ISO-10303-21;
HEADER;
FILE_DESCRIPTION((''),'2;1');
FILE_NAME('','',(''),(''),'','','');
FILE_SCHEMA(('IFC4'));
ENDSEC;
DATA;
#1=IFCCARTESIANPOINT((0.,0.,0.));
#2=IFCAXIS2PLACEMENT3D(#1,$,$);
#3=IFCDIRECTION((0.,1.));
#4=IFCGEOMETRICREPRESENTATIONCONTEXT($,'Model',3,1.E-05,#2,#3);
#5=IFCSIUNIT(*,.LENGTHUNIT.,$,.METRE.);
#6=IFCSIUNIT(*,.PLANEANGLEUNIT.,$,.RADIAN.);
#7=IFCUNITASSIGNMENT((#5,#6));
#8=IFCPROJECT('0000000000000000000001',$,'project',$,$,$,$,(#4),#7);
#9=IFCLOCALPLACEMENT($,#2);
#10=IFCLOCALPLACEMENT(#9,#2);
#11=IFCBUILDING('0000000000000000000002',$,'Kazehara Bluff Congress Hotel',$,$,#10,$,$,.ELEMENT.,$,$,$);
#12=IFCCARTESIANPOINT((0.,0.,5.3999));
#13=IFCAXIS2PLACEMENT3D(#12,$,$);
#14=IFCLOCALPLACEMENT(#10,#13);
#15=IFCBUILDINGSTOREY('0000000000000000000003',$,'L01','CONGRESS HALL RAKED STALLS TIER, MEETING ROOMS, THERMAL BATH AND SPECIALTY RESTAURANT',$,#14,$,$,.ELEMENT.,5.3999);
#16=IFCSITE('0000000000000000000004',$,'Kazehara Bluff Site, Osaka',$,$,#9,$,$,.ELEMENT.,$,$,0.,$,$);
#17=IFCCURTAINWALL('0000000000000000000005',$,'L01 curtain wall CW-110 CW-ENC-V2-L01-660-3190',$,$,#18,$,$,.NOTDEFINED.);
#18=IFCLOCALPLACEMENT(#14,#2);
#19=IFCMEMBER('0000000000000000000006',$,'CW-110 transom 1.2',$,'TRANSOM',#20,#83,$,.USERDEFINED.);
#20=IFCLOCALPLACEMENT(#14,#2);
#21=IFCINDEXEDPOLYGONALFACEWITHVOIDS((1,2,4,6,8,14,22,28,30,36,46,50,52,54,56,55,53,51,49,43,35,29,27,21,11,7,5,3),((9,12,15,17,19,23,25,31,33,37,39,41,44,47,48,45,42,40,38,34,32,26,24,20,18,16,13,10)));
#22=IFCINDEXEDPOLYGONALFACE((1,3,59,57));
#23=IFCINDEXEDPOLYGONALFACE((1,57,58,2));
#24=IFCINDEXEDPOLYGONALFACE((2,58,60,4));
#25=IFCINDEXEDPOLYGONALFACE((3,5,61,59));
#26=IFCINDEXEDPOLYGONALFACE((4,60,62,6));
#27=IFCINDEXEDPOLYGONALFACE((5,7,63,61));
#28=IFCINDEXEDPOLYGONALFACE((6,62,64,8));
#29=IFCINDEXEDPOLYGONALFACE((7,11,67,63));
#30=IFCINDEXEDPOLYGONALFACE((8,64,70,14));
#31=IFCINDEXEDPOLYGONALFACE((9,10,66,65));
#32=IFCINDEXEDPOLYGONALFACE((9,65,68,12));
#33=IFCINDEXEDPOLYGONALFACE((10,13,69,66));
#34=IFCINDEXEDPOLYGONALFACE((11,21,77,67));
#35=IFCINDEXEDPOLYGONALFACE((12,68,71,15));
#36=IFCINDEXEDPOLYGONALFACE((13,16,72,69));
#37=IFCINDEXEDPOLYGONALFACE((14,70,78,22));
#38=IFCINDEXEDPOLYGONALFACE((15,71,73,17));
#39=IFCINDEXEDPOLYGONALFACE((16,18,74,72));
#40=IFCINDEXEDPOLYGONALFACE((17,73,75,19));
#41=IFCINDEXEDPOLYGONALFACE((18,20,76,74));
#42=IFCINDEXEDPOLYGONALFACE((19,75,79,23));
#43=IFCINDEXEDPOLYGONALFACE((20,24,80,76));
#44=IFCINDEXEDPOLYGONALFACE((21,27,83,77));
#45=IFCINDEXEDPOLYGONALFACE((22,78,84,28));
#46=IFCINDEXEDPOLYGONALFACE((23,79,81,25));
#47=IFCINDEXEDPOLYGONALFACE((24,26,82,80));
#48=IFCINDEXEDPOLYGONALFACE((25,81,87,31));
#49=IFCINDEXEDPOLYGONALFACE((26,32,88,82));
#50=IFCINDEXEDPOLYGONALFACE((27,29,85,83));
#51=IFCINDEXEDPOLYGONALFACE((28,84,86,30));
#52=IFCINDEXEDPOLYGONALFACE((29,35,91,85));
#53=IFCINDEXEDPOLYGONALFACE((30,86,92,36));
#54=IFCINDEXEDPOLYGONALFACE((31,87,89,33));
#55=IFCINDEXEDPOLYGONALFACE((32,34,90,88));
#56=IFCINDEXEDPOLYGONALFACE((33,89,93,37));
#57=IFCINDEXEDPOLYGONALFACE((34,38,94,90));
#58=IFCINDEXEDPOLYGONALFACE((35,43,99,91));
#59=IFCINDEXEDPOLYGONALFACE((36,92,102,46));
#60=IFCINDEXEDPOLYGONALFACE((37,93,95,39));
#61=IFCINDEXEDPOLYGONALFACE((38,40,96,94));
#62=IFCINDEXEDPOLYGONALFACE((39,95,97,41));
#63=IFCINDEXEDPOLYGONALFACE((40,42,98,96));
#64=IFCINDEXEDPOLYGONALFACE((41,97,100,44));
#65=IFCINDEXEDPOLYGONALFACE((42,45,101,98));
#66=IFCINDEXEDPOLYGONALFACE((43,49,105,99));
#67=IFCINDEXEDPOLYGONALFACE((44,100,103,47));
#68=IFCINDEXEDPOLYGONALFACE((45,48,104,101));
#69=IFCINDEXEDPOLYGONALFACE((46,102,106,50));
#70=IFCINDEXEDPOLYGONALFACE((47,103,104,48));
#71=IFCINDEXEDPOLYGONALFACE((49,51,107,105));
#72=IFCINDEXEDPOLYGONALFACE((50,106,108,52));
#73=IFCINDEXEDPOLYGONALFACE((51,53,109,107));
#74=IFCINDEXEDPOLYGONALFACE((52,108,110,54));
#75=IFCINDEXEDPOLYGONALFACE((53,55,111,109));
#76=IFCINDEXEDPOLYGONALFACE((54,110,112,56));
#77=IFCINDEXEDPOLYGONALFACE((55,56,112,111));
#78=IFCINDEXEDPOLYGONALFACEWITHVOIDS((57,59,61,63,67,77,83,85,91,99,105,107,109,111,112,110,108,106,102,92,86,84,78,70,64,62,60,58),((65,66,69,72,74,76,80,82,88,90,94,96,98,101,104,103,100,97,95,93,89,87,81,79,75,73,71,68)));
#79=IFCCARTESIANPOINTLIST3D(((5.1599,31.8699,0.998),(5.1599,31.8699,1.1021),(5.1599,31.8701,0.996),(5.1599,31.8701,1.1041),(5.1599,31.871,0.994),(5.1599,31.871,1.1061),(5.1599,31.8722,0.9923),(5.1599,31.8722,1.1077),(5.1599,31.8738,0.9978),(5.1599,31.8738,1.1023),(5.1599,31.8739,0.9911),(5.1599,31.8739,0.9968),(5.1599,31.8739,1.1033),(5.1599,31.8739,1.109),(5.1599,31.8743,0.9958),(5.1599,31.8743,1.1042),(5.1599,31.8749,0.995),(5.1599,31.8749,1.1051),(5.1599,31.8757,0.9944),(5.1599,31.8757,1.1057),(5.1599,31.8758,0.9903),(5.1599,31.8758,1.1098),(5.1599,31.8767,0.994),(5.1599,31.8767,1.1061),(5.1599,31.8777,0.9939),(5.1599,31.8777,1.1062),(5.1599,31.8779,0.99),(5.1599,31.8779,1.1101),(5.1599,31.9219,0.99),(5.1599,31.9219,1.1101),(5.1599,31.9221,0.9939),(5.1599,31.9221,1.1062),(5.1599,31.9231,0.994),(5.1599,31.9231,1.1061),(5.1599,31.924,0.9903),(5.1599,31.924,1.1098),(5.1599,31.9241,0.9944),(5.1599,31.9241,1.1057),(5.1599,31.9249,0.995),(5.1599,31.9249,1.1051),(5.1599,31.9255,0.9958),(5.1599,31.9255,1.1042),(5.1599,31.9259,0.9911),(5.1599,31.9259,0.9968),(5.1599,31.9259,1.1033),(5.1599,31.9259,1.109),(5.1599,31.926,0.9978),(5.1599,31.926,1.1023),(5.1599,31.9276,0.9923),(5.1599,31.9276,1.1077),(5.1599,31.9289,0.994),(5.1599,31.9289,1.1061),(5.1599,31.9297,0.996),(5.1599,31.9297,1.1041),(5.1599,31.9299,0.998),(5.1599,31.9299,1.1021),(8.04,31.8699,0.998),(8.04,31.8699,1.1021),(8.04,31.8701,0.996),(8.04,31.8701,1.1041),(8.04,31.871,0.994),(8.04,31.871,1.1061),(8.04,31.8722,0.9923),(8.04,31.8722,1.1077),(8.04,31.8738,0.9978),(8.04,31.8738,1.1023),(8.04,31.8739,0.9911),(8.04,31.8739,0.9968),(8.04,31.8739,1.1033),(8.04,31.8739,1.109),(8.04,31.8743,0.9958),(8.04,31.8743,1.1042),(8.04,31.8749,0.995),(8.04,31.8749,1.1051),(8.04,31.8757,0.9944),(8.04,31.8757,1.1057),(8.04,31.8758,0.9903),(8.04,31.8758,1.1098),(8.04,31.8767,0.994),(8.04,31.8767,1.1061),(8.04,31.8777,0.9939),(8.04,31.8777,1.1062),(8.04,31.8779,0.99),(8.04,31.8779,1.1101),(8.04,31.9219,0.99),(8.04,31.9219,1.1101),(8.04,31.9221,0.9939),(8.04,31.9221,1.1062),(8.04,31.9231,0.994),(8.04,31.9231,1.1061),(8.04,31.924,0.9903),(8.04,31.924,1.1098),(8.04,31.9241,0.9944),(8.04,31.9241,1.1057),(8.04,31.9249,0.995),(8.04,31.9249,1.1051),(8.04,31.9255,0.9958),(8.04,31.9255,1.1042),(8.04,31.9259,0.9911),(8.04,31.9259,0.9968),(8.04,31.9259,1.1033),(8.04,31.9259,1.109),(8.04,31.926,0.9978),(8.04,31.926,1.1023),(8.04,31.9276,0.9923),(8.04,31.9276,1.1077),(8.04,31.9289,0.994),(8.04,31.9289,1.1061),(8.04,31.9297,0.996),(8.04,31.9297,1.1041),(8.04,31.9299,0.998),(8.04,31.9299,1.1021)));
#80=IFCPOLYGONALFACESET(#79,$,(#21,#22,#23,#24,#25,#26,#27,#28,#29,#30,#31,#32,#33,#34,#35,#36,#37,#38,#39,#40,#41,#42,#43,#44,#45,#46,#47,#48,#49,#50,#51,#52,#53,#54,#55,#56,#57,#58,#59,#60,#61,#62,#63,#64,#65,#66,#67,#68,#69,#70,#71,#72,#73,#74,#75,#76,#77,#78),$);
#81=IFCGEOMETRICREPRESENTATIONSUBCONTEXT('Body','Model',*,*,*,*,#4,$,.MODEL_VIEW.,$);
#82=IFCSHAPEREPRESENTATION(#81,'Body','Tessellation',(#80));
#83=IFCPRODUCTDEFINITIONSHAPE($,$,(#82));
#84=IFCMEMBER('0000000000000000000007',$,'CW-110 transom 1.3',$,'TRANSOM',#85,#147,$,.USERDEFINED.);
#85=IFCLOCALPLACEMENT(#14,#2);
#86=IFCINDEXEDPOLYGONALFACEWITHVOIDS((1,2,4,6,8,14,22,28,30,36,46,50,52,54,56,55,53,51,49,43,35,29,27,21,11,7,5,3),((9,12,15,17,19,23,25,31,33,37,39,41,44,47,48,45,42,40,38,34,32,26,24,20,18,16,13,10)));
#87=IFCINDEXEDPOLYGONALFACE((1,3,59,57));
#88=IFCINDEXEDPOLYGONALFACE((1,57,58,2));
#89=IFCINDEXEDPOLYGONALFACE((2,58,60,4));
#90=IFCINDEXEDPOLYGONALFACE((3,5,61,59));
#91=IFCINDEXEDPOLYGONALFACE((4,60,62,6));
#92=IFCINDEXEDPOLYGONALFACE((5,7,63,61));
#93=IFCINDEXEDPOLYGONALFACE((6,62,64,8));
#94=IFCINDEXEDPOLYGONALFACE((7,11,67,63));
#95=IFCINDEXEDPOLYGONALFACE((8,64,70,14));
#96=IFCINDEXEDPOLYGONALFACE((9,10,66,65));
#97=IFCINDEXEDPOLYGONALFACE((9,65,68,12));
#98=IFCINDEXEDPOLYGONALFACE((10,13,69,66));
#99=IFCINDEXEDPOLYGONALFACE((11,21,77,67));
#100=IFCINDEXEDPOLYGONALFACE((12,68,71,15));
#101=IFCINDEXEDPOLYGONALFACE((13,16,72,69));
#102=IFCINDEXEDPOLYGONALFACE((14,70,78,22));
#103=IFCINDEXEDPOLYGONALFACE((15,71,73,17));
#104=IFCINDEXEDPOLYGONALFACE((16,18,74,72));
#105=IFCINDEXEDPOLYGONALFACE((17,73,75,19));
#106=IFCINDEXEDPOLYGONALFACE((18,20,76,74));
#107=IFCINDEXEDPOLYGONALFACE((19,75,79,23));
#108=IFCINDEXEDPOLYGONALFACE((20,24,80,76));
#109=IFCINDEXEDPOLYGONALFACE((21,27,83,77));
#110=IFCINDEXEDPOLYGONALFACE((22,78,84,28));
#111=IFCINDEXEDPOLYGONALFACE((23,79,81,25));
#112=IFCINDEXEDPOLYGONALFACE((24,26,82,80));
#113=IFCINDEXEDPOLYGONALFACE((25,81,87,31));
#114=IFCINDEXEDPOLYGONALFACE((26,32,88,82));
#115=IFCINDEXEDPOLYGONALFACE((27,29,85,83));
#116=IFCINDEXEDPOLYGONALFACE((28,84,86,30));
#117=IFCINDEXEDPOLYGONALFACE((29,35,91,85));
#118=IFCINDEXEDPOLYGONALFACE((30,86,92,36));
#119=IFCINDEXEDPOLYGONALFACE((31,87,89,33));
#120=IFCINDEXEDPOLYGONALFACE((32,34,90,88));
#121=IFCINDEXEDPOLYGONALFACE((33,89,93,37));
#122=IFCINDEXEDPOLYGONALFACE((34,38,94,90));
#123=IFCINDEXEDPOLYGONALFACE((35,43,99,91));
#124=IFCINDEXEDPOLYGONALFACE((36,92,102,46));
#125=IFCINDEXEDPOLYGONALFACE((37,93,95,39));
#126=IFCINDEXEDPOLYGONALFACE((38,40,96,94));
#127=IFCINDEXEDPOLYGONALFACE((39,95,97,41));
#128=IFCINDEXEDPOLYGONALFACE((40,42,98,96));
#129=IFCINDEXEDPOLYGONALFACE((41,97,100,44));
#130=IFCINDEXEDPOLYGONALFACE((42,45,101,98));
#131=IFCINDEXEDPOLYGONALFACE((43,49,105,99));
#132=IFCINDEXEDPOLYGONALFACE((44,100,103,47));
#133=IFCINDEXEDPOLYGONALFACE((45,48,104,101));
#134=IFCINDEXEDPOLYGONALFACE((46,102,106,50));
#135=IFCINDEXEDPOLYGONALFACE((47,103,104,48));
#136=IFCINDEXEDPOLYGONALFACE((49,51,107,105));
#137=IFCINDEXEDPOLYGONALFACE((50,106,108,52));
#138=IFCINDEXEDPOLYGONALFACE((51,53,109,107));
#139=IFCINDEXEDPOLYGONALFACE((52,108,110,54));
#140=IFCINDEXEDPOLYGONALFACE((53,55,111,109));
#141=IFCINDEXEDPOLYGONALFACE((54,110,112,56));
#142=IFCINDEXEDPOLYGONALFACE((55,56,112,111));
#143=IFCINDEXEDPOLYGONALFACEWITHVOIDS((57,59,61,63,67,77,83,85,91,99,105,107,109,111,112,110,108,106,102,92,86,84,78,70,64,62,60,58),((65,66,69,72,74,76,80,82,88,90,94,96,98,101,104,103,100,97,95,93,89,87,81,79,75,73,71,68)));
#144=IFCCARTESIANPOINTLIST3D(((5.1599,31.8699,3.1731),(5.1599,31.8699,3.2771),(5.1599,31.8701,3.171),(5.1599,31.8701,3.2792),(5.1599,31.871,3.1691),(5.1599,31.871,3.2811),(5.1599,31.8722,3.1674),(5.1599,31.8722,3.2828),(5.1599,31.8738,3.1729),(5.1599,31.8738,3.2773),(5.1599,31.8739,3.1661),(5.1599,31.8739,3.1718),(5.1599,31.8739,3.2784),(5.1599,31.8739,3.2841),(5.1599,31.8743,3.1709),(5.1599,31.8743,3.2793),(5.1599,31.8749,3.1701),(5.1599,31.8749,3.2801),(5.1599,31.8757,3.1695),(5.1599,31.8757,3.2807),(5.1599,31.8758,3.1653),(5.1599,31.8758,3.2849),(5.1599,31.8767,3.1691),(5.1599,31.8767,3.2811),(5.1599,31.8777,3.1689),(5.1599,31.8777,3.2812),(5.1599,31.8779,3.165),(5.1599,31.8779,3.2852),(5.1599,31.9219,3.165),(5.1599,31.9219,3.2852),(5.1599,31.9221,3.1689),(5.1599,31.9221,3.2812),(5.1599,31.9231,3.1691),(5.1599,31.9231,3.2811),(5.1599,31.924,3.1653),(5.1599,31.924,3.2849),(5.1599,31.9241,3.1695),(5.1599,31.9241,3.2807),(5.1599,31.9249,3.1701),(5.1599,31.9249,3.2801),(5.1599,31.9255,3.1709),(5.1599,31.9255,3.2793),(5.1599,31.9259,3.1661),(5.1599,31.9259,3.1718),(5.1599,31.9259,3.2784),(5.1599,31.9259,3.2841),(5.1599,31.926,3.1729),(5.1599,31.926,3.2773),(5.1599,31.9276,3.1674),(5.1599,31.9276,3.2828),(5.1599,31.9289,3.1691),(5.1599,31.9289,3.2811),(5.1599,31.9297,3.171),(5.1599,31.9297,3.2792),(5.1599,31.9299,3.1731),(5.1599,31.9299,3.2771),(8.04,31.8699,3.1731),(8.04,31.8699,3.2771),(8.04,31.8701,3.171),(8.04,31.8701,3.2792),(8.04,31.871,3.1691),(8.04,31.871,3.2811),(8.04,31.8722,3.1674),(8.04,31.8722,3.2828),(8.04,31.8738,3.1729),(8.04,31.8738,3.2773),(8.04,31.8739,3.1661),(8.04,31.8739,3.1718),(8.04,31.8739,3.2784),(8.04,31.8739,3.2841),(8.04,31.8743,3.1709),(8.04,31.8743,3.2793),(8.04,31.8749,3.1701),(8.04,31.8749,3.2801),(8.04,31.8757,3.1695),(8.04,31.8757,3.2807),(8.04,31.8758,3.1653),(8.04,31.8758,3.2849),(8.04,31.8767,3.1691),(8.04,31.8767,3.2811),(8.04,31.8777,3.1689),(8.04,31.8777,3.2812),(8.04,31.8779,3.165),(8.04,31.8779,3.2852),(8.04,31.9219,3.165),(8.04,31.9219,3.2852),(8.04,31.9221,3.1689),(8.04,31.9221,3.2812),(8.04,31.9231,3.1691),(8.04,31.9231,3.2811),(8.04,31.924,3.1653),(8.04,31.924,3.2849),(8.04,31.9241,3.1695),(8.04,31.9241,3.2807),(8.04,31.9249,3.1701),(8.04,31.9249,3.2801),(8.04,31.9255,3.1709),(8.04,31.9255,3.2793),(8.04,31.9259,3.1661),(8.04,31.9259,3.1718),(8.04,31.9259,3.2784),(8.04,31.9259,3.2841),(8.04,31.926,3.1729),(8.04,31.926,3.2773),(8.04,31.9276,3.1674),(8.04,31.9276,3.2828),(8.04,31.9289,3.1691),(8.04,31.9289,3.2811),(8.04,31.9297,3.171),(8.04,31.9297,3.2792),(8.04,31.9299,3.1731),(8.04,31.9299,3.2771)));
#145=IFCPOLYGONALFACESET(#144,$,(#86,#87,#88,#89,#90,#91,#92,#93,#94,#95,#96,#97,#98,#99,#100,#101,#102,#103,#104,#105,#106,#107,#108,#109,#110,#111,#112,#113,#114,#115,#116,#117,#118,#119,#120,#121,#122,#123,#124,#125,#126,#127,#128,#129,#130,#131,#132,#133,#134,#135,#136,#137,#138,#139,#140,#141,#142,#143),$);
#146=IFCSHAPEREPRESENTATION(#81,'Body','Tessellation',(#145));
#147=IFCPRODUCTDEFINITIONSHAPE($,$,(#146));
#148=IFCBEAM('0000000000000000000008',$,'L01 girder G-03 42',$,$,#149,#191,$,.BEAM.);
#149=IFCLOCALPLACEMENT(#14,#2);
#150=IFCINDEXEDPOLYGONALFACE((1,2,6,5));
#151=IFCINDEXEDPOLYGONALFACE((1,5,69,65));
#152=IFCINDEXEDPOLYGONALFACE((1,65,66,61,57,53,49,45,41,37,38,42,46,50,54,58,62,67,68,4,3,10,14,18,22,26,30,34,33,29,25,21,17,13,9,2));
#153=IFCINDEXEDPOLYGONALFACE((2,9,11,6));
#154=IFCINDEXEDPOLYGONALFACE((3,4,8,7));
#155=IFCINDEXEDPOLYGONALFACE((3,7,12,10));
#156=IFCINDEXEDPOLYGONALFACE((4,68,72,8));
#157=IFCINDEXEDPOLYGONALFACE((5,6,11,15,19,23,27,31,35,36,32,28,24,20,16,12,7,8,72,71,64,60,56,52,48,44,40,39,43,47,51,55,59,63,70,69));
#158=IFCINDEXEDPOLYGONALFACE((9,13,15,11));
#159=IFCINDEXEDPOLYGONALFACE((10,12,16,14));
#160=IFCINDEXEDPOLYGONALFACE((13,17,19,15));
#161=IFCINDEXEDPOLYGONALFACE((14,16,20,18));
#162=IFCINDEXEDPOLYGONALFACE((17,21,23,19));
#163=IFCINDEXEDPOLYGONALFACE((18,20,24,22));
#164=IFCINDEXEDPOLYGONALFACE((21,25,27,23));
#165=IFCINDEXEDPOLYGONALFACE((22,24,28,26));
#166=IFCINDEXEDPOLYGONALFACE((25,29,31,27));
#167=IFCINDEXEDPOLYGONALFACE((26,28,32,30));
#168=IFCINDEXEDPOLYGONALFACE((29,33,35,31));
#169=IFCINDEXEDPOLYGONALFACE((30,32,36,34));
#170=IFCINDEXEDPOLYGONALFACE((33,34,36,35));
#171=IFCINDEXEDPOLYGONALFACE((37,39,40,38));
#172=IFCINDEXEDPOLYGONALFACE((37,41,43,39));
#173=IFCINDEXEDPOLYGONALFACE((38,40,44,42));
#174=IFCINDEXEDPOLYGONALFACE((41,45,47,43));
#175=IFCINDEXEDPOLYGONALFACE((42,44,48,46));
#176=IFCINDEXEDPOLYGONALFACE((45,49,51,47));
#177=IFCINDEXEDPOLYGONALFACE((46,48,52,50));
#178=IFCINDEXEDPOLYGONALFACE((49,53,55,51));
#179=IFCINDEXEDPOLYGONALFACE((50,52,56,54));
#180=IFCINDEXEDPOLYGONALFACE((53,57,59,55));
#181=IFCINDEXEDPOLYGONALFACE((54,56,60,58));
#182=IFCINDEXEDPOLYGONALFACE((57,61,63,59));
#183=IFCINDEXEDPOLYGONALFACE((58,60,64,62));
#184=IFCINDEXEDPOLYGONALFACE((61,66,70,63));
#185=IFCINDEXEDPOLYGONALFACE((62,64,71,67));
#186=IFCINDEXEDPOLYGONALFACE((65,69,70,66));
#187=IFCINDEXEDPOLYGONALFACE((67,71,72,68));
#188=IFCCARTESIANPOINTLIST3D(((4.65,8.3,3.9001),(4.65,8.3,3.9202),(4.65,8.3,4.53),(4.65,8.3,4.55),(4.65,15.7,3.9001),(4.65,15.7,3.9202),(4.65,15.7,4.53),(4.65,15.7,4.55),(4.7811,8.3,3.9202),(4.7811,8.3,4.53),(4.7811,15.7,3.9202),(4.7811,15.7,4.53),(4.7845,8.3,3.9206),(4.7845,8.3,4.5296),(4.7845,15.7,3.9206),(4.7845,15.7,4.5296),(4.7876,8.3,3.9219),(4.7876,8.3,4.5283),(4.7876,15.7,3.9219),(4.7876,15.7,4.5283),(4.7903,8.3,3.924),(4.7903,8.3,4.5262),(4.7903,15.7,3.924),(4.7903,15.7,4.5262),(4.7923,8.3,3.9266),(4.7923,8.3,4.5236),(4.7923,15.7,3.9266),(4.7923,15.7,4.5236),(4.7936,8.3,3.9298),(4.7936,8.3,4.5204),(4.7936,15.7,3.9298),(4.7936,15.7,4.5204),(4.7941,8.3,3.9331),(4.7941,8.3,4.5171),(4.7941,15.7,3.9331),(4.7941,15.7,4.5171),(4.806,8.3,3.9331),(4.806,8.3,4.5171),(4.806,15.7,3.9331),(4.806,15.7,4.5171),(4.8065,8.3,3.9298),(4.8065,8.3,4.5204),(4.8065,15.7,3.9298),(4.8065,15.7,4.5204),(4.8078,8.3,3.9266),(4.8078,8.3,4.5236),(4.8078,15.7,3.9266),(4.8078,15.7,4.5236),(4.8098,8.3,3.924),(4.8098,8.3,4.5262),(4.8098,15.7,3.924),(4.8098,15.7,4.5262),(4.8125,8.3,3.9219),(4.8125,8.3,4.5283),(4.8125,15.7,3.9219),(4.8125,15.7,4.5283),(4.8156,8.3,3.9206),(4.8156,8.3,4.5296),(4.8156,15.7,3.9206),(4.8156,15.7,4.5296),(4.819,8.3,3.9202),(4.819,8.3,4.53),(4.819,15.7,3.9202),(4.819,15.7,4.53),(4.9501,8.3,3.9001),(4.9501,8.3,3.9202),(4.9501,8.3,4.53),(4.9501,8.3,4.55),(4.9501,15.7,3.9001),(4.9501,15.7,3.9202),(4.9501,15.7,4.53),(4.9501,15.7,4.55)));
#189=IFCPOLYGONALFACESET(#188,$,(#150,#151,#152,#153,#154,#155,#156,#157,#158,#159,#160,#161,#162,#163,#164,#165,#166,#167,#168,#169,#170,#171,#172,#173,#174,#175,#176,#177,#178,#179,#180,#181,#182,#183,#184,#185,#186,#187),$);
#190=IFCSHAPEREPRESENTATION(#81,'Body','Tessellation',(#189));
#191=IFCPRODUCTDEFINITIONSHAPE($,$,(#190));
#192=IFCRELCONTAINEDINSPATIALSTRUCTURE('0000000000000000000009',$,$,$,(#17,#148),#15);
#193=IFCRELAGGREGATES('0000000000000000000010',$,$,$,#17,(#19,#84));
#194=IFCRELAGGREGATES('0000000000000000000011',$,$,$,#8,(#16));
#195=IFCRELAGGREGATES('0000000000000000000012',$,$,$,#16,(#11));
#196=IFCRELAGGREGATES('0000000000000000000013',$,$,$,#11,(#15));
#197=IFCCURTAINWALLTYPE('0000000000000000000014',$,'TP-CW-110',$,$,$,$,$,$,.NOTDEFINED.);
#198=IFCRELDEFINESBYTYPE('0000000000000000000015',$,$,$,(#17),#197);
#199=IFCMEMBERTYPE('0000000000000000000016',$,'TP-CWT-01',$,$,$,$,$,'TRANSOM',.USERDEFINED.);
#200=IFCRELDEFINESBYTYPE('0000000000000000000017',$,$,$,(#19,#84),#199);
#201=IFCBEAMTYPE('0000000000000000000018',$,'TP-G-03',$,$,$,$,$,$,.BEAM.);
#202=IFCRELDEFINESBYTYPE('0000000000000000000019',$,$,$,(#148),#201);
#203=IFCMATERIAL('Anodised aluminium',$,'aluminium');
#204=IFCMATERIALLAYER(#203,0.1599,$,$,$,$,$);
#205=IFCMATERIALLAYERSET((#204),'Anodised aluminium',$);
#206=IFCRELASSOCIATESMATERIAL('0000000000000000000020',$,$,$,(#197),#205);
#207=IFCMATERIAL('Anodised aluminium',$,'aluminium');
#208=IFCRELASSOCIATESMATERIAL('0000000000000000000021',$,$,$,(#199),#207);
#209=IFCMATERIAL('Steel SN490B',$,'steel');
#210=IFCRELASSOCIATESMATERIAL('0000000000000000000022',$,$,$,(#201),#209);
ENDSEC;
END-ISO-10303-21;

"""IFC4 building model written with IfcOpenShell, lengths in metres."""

from ifc_helpers import new_model, si_unit, direction, frame, origin, origin_2d, place, context, subcontext, project, spatial, hollow_rectangle, i_section, extrude, material, layer, layer_set, material_profile, profile_set, type_object, element, aggregate, save


model = new_model("IFC4")

# Units and contexts
model_context = context("Model", 3, precision=1e-05, world=origin(), true_north=direction((0.0, 1.0)))
body_context = subcontext(model_context, "Body", "Model", "MODEL_VIEW")
ifc_project = project(units=[si_unit("LENGTHUNIT", "METRE"), si_unit("PLANEANGLEUNIT", "RADIAN")], contexts=[model_context])

# Site, building, storey
site_placement = place(None, origin())
site = spatial("IfcSite", under=ifc_project, at=site_placement, Name="Kazehara Bluff Site, Osaka", CompositionType="ELEMENT", RefElevation=0.0)
building_placement = place(site_placement, origin())
building = spatial("IfcBuilding", under=site, at=building_placement, Name="Kazehara Bluff Congress Hotel", CompositionType="ELEMENT")
storey_placement = place(building_placement, frame((0.0, 0.0, 5.3999)))
storey = spatial("IfcBuildingStorey", under=building, at=storey_placement, Name="L01", Description="CONGRESS HALL RAKED STALLS TIER, MEETING ROOMS, THERMAL BATH AND SPECIALTY RESTAURANT", CompositionType="ELEMENT", Elevation=5.3999)

# Curtain wall, members
ifc_material_1 = material(Name="Anodised aluminium", Category="aluminium")
ifc_layer_1 = layer(ifc_material_1, 0.1599)
ifc_layer_set_1 = layer_set([ifc_layer_1], Name="Anodised aluminium")
curtain_wall_type = type_object("IfcCurtainWallType", Name="TP-CW-110", PredefinedType="NOTDEFINED", material=ifc_layer_set_1)
curtain_wall_placement = place(storey_placement, origin())
curtain_wall = element("IfcCurtainWall", 1, at=curtain_wall_placement, inside=storey, type_object=curtain_wall_type, Name="L01 curtain wall CW-110 CW-ENC-V2-L01-660-3190", PredefinedType="NOTDEFINED")
ifc_material_2 = material(Name="Anodised aluminium", Category="aluminium")
ifc_material_profile_1 = material_profile(ifc_material_2, hollow_rectangle(XDim=0.0601, YDim=0.1201, WallThickness=0.0039, InnerFilletRadius=0.0039, OuterFilletRadius=0.0081, at=origin_2d()))
ifc_profile_set_1 = profile_set([ifc_material_profile_1], Name="Anodised aluminium")
member_type_1 = type_object("IfcMemberType", Name="TP-CWT-01", ElementType="TRANSOM", PredefinedType="USERDEFINED", material=ifc_profile_set_1)
member_1_placement = place(storey_placement, frame((5.1599, 31.8999, 1.05), z_axis=(1.0, 0.0, 0.0), x_axis=(0.0, 1.0, 0.0)))
member_1 = element("IfcMember", 2, at=member_1_placement, type_object=member_type_1, Name="CW-110 transom 1.2", ObjectType="TRANSOM", PredefinedType="USERDEFINED", context=body_context, shape_type="SweptSolid", body=[
    extrude(hollow_rectangle(XDim=0.0601, YDim=0.1201, WallThickness=0.0039, InnerFilletRadius=0.0039, OuterFilletRadius=0.0081, at=origin_2d()), origin(), (0.0, 0.0, 1.0), 2.8801),
])
member_2_placement = place(storey_placement, frame((5.1599, 31.8999, 3.2251), z_axis=(1.0, 0.0, 0.0), x_axis=(0.0, 1.0, 0.0)))
member_2 = element("IfcMember", 3, at=member_2_placement, type_object=member_type_1, Name="CW-110 transom 1.3", ObjectType="TRANSOM", PredefinedType="USERDEFINED", context=body_context, shape_type="SweptSolid", body=[
    extrude(hollow_rectangle(XDim=0.0601, YDim=0.1201, WallThickness=0.0039, InnerFilletRadius=0.0039, OuterFilletRadius=0.0081, at=origin_2d()), origin(), (0.0, 0.0, 1.0), 2.8801),
])
aggregate(curtain_wall, [member_1, member_2])

# Beam
ifc_material_3 = material(Name="Steel SN490B", Category="steel")
ifc_material_profile_2 = material_profile(ifc_material_3, i_section(OverallWidth=0.3, OverallDepth=0.6499, WebThickness=0.012, FlangeThickness=0.02, FilletRadius=0.0129, at=origin_2d()))
ifc_profile_set_2 = profile_set([ifc_material_profile_2], Name="Steel SN490B")
beam_type_1 = type_object("IfcBeamType", Name="TP-G-03", PredefinedType="BEAM", material=ifc_profile_set_2)
for number, where, z_axis, x_axis, name in (
    (4, (4.8, 8.3, 4.2251), (0.0, 1.0, 0.0), (-1.0, 0.0, 0.0), "L01 girder G-03 42"),
):
    element("IfcBeam", number, at=place(storey_placement, frame(where, z_axis=z_axis, x_axis=x_axis)), inside=storey, type_object=beam_type_1, Name=name, PredefinedType="BEAM", context=body_context, shape_type="SweptSolid", body=[
        extrude(i_section(OverallWidth=0.3, OverallDepth=0.6499, WebThickness=0.012, FlangeThickness=0.02, FilletRadius=0.0129, at=origin_2d()), origin(), (0.0, 0.0, 1.0), 7.3999),
    ])

save(model, "model.ifc")
